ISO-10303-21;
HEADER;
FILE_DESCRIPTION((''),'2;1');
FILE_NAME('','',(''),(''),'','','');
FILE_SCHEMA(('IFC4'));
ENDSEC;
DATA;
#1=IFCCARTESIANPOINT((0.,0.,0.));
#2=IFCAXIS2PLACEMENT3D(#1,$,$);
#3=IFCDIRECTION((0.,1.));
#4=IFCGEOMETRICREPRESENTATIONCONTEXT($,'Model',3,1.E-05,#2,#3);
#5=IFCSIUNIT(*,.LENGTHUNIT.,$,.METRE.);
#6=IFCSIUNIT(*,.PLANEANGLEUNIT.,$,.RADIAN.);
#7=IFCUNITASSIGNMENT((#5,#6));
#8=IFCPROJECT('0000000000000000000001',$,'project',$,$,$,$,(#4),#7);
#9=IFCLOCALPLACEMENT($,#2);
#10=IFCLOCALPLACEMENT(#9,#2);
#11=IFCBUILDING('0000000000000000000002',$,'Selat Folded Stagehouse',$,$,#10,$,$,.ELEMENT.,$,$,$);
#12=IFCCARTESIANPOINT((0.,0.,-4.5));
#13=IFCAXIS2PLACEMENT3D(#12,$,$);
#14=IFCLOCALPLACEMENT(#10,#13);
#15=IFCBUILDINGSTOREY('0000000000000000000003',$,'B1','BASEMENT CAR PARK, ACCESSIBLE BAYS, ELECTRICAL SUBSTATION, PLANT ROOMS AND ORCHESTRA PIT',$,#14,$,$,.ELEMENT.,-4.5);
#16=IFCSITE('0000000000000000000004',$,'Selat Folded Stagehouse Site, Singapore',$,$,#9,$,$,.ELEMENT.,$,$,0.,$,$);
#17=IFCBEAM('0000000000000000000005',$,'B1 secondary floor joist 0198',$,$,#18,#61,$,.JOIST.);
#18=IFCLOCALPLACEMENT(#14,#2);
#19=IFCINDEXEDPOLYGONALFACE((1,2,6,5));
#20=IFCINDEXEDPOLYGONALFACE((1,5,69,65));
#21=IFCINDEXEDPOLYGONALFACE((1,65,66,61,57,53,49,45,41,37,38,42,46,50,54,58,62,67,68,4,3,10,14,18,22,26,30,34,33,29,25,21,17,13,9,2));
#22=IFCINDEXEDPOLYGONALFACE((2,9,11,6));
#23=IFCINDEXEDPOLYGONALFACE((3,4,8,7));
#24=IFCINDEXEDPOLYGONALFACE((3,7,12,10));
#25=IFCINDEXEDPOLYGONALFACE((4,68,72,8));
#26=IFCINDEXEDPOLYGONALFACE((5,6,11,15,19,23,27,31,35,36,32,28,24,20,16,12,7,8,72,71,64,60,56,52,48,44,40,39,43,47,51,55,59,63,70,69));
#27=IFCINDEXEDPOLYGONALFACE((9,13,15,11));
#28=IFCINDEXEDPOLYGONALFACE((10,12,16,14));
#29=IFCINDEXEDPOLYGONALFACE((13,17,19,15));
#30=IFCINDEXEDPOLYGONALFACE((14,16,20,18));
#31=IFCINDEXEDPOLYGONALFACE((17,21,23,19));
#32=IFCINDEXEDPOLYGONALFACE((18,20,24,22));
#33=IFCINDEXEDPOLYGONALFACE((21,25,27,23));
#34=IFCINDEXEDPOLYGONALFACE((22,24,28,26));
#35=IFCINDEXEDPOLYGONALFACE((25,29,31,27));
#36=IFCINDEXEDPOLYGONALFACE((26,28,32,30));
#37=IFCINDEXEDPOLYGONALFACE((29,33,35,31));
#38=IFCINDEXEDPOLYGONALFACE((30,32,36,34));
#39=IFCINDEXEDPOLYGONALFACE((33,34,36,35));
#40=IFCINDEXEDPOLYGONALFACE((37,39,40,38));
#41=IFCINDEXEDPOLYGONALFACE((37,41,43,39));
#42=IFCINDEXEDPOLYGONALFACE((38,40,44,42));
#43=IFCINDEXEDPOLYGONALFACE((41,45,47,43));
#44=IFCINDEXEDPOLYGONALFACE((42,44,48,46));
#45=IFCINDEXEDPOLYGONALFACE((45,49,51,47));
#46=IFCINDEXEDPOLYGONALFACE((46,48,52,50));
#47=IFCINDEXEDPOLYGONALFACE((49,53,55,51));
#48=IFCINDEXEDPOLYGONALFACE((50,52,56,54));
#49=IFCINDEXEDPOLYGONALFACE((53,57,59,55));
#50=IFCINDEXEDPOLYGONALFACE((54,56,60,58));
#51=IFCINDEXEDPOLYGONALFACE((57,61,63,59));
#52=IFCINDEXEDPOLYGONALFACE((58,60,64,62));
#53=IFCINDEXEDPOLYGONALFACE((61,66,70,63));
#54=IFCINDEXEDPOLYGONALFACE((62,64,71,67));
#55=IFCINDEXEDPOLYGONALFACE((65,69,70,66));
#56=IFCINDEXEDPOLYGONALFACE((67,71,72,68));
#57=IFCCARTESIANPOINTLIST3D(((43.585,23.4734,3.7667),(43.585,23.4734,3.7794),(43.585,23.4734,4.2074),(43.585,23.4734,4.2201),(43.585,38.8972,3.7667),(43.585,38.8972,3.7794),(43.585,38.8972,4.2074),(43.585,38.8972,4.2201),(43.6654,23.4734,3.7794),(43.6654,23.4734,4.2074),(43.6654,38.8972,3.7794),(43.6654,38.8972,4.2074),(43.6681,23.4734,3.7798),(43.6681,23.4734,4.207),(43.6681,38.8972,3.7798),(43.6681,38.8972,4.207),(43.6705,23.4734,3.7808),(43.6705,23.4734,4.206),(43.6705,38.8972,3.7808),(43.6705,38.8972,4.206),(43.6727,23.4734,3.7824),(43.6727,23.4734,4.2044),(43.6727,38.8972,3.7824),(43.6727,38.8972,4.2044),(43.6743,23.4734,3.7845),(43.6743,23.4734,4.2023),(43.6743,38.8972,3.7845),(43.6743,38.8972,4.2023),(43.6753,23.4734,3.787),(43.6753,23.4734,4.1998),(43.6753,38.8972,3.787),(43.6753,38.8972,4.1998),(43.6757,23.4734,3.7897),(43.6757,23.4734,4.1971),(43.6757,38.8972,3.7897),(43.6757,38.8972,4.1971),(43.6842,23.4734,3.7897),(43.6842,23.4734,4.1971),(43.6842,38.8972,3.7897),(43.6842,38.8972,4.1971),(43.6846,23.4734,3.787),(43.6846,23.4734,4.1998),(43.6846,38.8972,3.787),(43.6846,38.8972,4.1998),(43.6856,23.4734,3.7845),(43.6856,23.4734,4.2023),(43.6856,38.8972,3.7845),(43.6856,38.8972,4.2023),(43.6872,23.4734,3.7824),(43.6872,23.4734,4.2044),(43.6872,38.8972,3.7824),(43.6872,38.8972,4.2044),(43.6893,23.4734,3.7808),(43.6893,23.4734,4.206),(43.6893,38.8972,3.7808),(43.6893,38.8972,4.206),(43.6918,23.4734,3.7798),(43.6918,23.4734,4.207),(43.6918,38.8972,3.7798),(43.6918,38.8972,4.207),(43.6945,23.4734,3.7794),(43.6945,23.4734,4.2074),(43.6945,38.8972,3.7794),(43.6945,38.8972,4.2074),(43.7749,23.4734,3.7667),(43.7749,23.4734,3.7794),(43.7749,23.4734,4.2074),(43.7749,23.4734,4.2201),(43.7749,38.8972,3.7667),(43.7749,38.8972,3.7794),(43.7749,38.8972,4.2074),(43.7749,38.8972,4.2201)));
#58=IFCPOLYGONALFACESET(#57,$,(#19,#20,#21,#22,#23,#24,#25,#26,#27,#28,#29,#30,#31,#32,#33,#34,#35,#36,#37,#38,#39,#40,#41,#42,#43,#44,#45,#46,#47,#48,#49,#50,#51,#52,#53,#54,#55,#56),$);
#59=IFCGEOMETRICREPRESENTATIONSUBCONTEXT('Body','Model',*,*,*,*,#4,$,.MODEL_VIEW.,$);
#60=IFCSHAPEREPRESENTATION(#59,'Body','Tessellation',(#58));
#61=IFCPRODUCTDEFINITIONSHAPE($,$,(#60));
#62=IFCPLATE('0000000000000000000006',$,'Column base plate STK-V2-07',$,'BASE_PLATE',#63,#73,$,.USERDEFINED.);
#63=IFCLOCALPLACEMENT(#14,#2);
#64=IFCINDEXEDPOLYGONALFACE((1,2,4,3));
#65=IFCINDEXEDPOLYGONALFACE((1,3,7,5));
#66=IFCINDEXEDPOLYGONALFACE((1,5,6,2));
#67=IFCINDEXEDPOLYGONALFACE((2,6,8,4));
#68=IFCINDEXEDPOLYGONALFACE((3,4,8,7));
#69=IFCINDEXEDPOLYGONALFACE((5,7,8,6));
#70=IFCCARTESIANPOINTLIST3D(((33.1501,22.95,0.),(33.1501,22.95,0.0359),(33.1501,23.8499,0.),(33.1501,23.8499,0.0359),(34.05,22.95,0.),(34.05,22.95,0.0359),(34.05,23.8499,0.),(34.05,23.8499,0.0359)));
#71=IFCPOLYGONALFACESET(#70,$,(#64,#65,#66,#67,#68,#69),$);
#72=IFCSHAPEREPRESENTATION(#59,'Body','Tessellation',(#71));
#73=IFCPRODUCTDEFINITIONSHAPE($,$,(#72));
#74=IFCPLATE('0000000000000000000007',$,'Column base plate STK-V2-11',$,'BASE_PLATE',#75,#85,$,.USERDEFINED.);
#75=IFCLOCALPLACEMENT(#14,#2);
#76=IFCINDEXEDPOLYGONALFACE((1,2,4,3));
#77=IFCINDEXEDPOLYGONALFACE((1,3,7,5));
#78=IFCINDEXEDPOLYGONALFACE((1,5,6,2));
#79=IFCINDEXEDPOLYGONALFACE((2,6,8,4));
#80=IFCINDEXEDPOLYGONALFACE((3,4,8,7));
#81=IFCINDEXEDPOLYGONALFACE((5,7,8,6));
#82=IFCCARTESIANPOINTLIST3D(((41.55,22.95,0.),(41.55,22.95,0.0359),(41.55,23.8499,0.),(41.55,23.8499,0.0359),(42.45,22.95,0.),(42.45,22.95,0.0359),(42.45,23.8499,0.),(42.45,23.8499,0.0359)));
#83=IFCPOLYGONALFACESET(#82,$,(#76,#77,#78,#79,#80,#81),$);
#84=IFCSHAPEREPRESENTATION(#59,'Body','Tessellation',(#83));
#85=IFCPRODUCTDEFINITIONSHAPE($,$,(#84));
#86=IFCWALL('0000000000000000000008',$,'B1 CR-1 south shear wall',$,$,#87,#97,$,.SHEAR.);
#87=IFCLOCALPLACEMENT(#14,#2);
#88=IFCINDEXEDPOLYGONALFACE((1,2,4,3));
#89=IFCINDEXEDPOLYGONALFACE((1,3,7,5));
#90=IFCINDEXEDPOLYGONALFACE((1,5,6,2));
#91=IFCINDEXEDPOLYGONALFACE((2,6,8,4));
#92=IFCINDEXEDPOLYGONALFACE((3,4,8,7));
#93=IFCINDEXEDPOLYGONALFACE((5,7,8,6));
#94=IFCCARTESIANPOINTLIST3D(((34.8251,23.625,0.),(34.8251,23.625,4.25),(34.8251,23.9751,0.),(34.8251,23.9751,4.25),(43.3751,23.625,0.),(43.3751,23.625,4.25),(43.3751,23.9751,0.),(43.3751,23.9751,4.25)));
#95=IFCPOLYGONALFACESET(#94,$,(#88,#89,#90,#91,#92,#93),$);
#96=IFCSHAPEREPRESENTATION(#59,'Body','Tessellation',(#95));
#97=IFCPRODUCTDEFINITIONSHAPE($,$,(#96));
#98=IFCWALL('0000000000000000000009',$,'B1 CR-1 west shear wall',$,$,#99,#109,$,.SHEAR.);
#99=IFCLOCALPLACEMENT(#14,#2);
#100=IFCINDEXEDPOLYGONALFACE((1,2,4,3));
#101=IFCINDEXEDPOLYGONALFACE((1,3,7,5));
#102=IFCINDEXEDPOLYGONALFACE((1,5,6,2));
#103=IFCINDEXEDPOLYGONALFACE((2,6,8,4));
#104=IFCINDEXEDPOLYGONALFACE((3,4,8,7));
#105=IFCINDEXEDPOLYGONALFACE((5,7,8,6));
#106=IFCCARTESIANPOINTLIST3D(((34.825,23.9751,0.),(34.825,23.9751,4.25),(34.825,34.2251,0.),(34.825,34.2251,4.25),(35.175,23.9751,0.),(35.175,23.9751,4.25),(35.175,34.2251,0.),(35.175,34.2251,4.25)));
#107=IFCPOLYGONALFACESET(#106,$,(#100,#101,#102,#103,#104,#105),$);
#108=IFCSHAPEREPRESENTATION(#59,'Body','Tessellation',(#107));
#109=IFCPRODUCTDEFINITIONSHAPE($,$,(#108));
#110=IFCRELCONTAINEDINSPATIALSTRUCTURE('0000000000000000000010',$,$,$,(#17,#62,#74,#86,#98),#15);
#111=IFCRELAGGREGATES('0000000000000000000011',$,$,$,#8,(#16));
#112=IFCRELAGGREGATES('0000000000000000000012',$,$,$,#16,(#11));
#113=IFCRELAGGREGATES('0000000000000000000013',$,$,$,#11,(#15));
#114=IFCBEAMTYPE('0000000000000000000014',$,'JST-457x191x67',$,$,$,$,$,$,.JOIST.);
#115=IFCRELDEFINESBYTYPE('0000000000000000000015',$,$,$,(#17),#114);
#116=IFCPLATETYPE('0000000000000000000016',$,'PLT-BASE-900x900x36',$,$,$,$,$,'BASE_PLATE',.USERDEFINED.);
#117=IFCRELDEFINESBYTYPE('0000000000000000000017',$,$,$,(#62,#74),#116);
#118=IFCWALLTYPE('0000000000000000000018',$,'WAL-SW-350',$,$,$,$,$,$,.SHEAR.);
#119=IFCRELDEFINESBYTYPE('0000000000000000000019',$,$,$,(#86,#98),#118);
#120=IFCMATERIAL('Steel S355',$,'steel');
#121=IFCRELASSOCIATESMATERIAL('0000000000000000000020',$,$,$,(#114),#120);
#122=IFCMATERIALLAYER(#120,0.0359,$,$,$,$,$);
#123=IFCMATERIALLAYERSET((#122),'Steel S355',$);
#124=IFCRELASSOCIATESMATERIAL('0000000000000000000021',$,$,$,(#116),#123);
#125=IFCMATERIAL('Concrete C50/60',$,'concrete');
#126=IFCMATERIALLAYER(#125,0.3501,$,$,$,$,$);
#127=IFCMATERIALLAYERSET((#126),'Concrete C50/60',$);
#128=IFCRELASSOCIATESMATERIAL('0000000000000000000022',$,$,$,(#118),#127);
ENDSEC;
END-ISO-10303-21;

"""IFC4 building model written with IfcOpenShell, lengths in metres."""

from ifc_helpers import new_model, si_unit, direction, frame, frame_2d, origin, origin_2d, place, context, subcontext, project, spatial, rectangle, i_section, extrude, material, layer, layer_set, material_profile, profile_set, type_object, element, save


model = new_model("IFC4")

# Units and contexts
model_context = context("Model", 3, precision=1e-05, world=origin(), true_north=direction((0.0, 1.0)))
body_context = subcontext(model_context, "Body", "Model", "MODEL_VIEW")
ifc_project = project(units=[si_unit("LENGTHUNIT", "METRE"), si_unit("PLANEANGLEUNIT", "RADIAN")], contexts=[model_context])

# Site, building, storey
site_placement = place(None, origin())
site = spatial("IfcSite", under=ifc_project, at=site_placement, Name="Selat Folded Stagehouse Site, Singapore", CompositionType="ELEMENT", RefElevation=0.0)
building_placement = place(site_placement, origin())
building = spatial("IfcBuilding", under=site, at=building_placement, Name="Selat Folded Stagehouse", CompositionType="ELEMENT")
storey_placement = place(building_placement, frame((0.0, 0.0, -4.5)))
storey = spatial("IfcBuildingStorey", under=building, at=storey_placement, Name="B1", Description="BASEMENT CAR PARK, ACCESSIBLE BAYS, ELECTRICAL SUBSTATION, PLANT ROOMS AND ORCHESTRA PIT", CompositionType="ELEMENT", Elevation=-4.5)

# Shared definitions
ifc_material_1 = material(Name="Steel S355", Category="steel")

# Beam
ifc_material_profile_1 = material_profile(ifc_material_1, i_section(OverallWidth=0.1899, OverallDepth=0.4534, WebThickness=0.0085, FlangeThickness=0.0127, FilletRadius=0.0103, at=origin_2d()), Name="UKB 457x191x67")
ifc_profile_set_1 = profile_set([ifc_material_profile_1], Name="Steel S355")
beam_type_1 = type_object("IfcBeamType", Name="JST-457x191x67", PredefinedType="JOIST", material=ifc_profile_set_1)
beam_1_placement = place(storey_placement, frame((43.6799, 23.4734, 3.9934), z_axis=(0.0, 1.0, 0.0), x_axis=(-1.0, 0.0, 0.0)))
element("IfcBeam", 1, at=beam_1_placement, inside=storey, type_object=beam_type_1, Name="B1 secondary floor joist 0198", PredefinedType="JOIST", context=body_context, shape_type="SweptSolid", body=[
    extrude(i_section(OverallWidth=0.1899, OverallDepth=0.4534, WebThickness=0.0085, FlangeThickness=0.0127, FilletRadius=0.0103, at=origin_2d()), origin(), (0.0, 0.0, 1.0), 15.4238),
])

# Plates
ifc_layer_1 = layer(ifc_material_1, 0.0359)
ifc_layer_set_1 = layer_set([ifc_layer_1], Name="Steel S355")
plate_type = type_object("IfcPlateType", Name="PLT-BASE-900x900x36", ElementType="BASE_PLATE", PredefinedType="USERDEFINED", material=ifc_layer_set_1)
for number, where, z_axis, x_axis, name in (
    (2, (33.6001, 23.3999, 0.0), (0.0, 0.0, 1.0), (1.0, 0.0, 0.0), "Column base plate STK-V2-07"),
    (3, (42.0, 23.3999, 0.0), (0.0, 0.0, 1.0), (1.0, 0.0, 0.0), "Column base plate STK-V2-11"),
):
    element("IfcPlate", number, at=place(storey_placement, frame(where, z_axis=z_axis, x_axis=x_axis)), inside=storey, type_object=plate_type, Name=name, ObjectType="BASE_PLATE", PredefinedType="USERDEFINED", context=body_context, shape_type="SweptSolid", body=[
        extrude(rectangle(XDim=0.8999, YDim=0.8999, at=origin_2d()), origin(), (0.0, 0.0, 1.0), 0.0359),
    ])

# Walls
ifc_material_2 = material(Name="Concrete C50/60", Category="concrete")
ifc_layer_2 = layer(ifc_material_2, 0.3501)
ifc_layer_set_2 = layer_set([ifc_layer_2], Name="Concrete C50/60")
wall_type = type_object("IfcWallType", Name="WAL-SW-350", PredefinedType="SHEAR", material=ifc_layer_set_2)
wall_1_placement = place(storey_placement, frame((43.375, 23.8, 0.0), z_axis=(0.0, 0.0, 1.0), x_axis=(-1.0, 0.0, 0.0)))
element("IfcWall", 4, at=wall_1_placement, inside=storey, type_object=wall_type, Name="B1 CR-1 south shear wall", PredefinedType="SHEAR", context=body_context, shape_type="SweptSolid", body=[
    extrude(rectangle(XDim=8.55, YDim=0.3501, at=frame_2d((4.2749, 0.0))), origin(), (0.0, 0.0, 1.0), 4.25),
])
wall_2_placement = place(storey_placement, frame((35.0, 23.9751, 0.0), z_axis=(0.0, 0.0, 1.0), x_axis=(0.0, 1.0, 0.0)))
element("IfcWall", 5, at=wall_2_placement, inside=storey, type_object=wall_type, Name="B1 CR-1 west shear wall", PredefinedType="SHEAR", context=body_context, shape_type="SweptSolid", body=[
    extrude(rectangle(XDim=10.25, YDim=0.3501, at=frame_2d((5.125, 0.0))), origin(), (0.0, 0.0, 1.0), 4.25),
])

save(model, "model.ifc")
